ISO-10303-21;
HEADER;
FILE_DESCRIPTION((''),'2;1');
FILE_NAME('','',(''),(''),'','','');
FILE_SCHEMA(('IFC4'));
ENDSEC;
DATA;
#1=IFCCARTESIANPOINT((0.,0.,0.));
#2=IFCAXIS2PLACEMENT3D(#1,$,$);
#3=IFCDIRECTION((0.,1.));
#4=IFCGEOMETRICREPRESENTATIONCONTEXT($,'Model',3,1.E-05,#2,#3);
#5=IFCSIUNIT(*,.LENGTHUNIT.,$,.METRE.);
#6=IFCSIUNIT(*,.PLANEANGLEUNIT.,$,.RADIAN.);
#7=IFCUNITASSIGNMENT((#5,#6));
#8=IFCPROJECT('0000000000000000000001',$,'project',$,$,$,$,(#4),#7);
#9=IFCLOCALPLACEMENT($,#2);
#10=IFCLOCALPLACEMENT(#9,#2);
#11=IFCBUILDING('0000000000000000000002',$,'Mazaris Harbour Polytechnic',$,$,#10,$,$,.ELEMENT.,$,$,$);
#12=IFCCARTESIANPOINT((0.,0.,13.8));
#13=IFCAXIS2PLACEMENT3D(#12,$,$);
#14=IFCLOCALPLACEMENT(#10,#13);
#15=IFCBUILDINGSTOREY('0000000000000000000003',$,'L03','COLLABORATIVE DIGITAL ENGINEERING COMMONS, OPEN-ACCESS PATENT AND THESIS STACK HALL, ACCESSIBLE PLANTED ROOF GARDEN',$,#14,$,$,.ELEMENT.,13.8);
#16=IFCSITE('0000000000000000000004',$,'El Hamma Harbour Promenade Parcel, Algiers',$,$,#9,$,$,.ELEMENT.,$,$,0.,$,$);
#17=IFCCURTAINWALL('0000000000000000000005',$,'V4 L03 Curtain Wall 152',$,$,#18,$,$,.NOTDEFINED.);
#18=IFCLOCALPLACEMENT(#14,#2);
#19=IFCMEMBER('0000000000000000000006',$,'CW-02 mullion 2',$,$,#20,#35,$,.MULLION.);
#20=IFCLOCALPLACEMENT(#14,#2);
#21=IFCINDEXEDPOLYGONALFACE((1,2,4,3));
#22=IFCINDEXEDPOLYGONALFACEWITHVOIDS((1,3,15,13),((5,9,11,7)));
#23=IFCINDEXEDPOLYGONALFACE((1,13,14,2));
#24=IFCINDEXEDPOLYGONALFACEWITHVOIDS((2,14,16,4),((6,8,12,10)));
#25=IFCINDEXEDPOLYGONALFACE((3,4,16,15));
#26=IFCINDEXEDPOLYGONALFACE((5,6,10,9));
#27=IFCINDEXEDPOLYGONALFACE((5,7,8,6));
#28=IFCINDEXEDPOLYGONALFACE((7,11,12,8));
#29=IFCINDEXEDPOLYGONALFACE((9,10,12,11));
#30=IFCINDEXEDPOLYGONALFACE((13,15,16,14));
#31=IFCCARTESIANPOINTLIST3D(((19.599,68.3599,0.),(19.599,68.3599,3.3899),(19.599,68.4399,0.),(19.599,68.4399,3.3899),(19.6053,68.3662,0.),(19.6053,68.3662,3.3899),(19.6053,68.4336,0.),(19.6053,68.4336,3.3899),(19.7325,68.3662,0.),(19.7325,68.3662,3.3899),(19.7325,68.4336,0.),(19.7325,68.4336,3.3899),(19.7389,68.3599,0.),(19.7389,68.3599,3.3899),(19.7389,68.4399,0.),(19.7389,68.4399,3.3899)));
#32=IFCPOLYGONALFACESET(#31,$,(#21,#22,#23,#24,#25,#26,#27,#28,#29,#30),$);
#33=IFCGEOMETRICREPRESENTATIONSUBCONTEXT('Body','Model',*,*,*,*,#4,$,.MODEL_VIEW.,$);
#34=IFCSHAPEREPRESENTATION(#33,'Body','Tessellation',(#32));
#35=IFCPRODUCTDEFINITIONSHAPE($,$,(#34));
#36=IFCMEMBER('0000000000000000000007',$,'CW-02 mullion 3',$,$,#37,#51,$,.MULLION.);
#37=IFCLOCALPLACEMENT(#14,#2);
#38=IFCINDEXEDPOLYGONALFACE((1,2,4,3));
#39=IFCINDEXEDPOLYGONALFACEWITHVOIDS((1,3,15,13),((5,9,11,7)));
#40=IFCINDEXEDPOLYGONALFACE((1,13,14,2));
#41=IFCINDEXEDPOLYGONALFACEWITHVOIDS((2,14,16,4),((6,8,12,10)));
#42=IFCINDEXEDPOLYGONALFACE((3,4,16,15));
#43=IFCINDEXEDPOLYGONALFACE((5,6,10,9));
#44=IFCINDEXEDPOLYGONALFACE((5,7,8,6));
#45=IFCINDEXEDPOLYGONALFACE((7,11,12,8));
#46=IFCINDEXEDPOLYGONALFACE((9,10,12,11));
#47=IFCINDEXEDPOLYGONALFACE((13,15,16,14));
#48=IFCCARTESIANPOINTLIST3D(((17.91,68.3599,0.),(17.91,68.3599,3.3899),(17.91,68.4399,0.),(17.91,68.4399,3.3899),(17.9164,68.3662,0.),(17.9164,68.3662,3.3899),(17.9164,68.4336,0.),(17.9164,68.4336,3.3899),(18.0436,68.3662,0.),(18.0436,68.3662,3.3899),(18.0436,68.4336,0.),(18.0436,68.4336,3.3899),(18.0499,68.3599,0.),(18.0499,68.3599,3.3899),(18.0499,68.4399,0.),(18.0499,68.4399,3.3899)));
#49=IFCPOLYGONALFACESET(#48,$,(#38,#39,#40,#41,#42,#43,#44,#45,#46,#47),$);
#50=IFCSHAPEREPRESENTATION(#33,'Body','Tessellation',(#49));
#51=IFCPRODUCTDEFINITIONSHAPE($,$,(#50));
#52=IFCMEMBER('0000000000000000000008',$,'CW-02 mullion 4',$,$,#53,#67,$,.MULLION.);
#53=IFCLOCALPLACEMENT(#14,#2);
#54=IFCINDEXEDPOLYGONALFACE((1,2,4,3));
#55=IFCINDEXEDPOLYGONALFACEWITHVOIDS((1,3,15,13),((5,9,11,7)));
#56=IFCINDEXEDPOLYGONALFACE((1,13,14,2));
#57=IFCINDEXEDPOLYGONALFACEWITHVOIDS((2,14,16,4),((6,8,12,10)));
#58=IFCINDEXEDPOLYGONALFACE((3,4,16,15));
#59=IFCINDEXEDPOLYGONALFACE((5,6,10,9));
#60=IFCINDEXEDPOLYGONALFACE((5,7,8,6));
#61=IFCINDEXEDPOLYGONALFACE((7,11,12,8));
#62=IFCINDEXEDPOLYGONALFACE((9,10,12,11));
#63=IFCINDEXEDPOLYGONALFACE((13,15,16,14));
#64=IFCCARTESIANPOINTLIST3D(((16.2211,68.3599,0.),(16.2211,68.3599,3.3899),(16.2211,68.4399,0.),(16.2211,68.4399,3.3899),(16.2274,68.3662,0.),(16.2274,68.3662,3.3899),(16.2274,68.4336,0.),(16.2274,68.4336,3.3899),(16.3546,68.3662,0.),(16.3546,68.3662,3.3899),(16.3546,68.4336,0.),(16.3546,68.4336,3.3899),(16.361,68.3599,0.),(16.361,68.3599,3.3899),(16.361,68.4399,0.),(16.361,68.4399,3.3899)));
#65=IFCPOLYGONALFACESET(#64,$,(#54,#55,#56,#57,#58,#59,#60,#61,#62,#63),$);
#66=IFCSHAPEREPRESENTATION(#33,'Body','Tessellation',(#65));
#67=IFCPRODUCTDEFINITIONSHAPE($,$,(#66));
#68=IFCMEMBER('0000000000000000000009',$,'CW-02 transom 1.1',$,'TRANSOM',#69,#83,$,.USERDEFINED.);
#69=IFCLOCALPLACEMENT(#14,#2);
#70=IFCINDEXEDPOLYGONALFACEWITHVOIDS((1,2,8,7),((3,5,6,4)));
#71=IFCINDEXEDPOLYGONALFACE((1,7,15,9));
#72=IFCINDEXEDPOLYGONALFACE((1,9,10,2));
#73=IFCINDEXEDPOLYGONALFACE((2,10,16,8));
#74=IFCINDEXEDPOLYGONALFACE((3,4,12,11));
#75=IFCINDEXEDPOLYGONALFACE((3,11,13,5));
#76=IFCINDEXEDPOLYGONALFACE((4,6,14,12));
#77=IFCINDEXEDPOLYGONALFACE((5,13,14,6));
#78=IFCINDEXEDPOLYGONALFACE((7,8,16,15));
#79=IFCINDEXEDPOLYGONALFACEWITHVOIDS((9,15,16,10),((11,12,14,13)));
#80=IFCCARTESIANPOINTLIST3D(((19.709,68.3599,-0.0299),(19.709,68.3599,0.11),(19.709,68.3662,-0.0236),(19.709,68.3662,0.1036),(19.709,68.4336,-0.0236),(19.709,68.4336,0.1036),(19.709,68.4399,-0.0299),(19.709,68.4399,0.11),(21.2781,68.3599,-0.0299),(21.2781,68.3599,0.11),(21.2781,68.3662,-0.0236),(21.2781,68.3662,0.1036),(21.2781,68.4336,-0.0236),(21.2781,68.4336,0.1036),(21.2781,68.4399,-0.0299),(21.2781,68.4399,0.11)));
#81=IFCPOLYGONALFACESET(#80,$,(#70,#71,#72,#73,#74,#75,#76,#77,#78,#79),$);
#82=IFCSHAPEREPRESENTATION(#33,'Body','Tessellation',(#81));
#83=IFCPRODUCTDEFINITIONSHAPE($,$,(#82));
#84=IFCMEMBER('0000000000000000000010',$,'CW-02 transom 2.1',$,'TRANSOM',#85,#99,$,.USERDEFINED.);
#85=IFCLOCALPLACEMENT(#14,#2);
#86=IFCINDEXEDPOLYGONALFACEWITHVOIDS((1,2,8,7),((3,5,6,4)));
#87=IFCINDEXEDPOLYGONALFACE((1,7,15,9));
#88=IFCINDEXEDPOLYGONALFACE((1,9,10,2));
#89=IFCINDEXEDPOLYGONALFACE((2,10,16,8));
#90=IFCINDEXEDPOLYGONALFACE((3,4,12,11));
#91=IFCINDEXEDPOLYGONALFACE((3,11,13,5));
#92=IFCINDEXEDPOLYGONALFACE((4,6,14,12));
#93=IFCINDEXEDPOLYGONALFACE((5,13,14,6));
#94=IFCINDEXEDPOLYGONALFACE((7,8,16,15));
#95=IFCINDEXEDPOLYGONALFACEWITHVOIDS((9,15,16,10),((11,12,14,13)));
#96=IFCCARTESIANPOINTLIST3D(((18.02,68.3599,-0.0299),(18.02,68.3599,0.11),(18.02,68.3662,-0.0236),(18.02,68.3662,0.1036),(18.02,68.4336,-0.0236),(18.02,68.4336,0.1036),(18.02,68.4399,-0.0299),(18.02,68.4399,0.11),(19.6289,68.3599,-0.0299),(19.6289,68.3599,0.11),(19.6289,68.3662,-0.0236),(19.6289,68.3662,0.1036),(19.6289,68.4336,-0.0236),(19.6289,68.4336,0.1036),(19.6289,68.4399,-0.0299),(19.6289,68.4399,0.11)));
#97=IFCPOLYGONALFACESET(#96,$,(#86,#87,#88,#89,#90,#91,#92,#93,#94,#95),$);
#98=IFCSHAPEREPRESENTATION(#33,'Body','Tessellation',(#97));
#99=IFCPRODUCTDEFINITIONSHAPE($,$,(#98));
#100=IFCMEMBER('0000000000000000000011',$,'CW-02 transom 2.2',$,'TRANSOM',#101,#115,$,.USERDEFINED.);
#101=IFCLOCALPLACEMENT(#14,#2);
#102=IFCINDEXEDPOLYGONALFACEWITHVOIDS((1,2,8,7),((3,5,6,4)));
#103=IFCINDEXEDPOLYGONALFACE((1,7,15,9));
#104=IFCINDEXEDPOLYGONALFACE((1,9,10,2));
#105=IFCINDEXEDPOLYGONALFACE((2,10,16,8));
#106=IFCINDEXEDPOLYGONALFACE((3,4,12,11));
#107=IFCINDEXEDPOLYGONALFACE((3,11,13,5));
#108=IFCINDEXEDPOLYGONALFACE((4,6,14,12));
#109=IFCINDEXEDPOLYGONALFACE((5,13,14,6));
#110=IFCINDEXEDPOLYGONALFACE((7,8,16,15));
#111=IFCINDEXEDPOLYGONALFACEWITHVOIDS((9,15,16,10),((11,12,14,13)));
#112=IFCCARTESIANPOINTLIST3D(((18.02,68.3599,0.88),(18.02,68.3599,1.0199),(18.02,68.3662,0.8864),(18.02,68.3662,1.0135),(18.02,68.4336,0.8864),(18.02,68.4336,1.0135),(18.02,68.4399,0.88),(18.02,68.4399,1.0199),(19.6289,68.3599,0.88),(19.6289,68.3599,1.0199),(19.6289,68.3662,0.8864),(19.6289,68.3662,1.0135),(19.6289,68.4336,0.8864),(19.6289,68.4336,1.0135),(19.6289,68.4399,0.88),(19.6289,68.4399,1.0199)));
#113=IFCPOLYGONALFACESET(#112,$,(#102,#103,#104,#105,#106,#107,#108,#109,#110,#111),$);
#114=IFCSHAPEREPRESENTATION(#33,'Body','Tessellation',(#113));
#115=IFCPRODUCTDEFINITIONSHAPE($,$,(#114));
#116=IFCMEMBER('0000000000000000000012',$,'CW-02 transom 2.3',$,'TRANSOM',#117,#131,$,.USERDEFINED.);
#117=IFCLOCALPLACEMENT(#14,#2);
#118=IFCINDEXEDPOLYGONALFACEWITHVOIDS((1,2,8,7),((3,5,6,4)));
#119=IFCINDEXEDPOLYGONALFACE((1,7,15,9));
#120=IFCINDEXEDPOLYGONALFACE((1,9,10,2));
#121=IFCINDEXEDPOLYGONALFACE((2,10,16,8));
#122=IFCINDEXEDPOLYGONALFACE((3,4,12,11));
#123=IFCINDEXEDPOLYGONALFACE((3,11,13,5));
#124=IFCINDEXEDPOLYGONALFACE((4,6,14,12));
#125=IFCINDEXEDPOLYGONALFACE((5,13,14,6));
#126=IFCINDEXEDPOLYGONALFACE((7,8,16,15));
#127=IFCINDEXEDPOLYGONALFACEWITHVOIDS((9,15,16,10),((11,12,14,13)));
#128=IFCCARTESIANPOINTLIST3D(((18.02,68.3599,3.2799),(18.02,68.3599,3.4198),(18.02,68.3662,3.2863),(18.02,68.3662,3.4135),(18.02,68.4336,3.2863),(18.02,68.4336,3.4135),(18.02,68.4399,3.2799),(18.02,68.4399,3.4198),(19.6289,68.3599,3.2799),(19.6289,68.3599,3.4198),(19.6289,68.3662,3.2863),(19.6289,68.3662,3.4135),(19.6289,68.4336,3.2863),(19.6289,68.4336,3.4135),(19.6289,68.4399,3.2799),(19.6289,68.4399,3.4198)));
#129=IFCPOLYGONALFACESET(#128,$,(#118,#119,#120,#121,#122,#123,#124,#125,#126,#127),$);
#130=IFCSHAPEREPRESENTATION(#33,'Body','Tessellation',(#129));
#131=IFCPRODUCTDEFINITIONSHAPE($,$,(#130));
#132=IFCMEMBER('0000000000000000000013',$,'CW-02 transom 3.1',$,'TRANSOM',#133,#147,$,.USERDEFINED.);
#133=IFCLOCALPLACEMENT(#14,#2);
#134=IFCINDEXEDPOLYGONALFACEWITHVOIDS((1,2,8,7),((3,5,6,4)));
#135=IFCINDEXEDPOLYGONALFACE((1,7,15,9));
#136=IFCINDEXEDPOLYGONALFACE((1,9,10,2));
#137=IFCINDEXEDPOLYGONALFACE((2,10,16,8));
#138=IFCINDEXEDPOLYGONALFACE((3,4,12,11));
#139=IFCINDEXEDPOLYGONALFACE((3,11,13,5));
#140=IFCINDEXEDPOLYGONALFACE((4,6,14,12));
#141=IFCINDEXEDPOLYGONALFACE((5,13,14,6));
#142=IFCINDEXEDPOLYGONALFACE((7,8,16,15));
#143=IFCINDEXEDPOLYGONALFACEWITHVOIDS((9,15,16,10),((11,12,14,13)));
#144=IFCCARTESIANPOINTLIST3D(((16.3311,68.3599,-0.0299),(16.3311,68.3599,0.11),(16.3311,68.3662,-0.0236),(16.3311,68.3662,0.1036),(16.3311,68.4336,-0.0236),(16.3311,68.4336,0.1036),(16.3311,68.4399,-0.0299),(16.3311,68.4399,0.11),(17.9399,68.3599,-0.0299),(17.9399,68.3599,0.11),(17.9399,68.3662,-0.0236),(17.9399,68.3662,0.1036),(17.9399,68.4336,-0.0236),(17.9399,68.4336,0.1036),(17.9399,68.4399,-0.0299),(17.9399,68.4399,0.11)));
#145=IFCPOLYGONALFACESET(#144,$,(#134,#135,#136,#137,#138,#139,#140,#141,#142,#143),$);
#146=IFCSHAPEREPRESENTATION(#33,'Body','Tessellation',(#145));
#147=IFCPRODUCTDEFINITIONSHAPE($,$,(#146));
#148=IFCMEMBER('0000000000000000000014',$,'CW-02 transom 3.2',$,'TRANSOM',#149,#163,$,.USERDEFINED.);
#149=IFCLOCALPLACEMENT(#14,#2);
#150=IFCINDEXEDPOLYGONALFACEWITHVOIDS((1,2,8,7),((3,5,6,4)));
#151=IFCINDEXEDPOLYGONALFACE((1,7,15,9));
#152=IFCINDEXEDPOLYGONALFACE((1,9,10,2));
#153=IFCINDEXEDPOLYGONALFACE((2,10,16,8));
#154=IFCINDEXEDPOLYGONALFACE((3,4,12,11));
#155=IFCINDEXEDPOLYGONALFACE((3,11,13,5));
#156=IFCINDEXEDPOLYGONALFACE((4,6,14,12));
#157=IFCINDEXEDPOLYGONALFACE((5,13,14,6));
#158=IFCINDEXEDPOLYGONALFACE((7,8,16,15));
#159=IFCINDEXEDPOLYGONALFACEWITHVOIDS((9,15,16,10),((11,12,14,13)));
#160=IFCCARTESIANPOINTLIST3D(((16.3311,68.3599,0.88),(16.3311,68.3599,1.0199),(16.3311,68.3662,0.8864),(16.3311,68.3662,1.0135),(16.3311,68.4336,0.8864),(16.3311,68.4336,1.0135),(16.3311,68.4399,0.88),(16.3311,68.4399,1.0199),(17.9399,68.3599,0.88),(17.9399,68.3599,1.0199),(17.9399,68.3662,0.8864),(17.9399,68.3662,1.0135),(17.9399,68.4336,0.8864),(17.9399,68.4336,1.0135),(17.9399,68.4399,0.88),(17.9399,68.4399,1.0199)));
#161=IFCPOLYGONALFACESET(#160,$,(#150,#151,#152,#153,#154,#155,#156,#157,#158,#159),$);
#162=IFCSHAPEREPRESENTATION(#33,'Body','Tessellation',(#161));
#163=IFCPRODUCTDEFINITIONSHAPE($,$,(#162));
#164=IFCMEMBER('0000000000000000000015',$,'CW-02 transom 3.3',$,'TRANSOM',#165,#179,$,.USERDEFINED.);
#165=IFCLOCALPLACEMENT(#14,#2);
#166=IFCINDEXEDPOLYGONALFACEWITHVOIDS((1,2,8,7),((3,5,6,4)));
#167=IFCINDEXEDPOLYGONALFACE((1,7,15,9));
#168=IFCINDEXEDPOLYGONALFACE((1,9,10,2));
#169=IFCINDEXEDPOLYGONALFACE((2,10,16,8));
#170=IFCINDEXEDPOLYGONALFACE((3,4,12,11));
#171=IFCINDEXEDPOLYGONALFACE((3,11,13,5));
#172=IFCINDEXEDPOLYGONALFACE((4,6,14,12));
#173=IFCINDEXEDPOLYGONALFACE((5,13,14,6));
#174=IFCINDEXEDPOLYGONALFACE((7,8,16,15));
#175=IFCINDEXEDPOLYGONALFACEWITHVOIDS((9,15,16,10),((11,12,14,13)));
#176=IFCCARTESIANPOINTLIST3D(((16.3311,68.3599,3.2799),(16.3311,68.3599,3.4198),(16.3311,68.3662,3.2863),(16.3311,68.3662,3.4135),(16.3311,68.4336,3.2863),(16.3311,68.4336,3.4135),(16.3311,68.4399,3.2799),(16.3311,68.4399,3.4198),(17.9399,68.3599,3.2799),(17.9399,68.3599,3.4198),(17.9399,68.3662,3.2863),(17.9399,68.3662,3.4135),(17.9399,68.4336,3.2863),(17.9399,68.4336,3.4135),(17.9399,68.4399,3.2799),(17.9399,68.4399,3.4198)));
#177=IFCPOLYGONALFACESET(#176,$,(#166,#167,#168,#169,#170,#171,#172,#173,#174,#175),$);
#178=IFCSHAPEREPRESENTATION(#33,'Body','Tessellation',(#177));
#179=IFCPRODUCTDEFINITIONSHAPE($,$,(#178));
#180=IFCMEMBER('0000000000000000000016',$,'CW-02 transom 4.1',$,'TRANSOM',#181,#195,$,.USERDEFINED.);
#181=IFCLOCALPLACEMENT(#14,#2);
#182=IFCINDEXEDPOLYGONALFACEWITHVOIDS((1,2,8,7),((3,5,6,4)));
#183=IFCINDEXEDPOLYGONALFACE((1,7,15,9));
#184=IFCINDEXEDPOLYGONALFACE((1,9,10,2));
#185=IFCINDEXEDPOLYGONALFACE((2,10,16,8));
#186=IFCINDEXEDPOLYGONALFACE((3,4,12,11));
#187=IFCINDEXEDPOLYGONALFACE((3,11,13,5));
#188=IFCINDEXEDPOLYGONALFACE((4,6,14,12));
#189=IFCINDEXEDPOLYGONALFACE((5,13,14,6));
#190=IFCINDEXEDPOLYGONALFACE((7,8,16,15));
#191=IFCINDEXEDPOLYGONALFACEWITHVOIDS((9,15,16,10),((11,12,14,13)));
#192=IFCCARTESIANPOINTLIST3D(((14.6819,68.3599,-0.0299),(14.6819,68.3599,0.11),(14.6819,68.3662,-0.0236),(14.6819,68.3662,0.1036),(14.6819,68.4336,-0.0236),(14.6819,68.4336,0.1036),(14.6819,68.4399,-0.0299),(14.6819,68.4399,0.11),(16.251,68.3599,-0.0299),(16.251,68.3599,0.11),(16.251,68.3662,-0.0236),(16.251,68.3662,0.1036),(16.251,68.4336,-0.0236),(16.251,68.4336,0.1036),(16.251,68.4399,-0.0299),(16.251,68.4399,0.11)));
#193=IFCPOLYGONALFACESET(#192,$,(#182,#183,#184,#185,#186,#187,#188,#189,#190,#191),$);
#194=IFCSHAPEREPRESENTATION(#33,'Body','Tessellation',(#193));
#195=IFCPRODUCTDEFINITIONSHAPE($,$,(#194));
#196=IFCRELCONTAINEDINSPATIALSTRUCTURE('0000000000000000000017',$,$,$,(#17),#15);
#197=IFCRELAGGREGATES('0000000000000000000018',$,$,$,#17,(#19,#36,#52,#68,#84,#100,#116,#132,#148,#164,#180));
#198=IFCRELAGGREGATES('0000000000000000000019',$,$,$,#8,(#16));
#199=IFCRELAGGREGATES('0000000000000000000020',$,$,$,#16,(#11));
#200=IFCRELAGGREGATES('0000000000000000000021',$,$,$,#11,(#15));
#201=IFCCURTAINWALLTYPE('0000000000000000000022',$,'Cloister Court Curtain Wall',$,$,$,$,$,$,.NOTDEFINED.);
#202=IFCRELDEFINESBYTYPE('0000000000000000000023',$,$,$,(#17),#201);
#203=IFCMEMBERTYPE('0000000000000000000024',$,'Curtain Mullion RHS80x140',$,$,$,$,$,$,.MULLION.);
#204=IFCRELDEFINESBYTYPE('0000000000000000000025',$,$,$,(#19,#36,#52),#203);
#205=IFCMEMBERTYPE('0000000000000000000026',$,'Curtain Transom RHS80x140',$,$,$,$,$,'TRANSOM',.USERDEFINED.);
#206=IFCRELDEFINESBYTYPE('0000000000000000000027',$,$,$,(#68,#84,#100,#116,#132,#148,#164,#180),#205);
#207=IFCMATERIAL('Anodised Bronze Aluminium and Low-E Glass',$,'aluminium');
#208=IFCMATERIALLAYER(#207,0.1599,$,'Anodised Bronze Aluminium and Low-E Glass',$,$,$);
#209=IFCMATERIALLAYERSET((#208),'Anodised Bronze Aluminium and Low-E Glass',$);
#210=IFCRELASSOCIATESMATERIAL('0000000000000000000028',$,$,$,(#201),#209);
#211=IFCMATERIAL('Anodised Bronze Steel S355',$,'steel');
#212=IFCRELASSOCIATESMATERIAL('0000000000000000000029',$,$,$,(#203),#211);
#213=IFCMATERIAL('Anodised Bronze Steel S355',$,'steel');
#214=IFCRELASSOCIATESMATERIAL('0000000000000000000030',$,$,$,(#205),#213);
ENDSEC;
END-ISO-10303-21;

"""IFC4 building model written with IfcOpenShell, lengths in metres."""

from ifc_helpers import new_model, si_unit, direction, frame, origin, origin_2d, place, context, subcontext, project, spatial, hollow_rectangle, extrude, material, layer, layer_set, material_profile, profile_set, type_object, element, aggregate, save


model = new_model("IFC4")

# Units and contexts
model_context = context("Model", 3, precision=1e-05, world=origin(), true_north=direction((0.0, 1.0)))
body_context = subcontext(model_context, "Body", "Model", "MODEL_VIEW")
ifc_project = project(units=[si_unit("LENGTHUNIT", "METRE"), si_unit("PLANEANGLEUNIT", "RADIAN")], contexts=[model_context])

# Site, building, storey
site_placement = place(None, origin())
site = spatial("IfcSite", under=ifc_project, at=site_placement, Name="El Hamma Harbour Promenade Parcel, Algiers", CompositionType="ELEMENT", RefElevation=0.0)
building_placement = place(site_placement, origin())
building = spatial("IfcBuilding", under=site, at=building_placement, Name="Mazaris Harbour Polytechnic", CompositionType="ELEMENT")
storey_placement = place(building_placement, frame((0.0, 0.0, 13.8)))
storey = spatial("IfcBuildingStorey", under=building, at=storey_placement, Name="L03", Description="COLLABORATIVE DIGITAL ENGINEERING COMMONS, OPEN-ACCESS PATENT AND THESIS STACK HALL, ACCESSIBLE PLANTED ROOF GARDEN", CompositionType="ELEMENT", Elevation=13.8)

# Curtain wall, members
ifc_material_1 = material(Name="Anodised Bronze Aluminium and Low-E Glass", Category="aluminium")
ifc_layer_1 = layer(ifc_material_1, 0.1599, Name="Anodised Bronze Aluminium and Low-E Glass")
ifc_layer_set_1 = layer_set([ifc_layer_1], Name="Anodised Bronze Aluminium and Low-E Glass")
curtain_wall_type = type_object("IfcCurtainWallType", Name="Cloister Court Curtain Wall", PredefinedType="NOTDEFINED", material=ifc_layer_set_1)
curtain_wall_placement = place(storey_placement, origin())
curtain_wall = element("IfcCurtainWall", 1, at=curtain_wall_placement, inside=storey, type_object=curtain_wall_type, Name="V4 L03 Curtain Wall 152", PredefinedType="NOTDEFINED")
ifc_material_2 = material(Name="Anodised Bronze Steel S355", Category="steel")
ifc_material_profile_1 = material_profile(ifc_material_2, hollow_rectangle(XDim=0.0801, YDim=0.1399, WallThickness=0.0063, at=origin_2d()), Name="RHS 80x140x6.3")
ifc_profile_set_1 = profile_set([ifc_material_profile_1], Name="Anodised Bronze Steel S355")
member_type_1 = type_object("IfcMemberType", Name="Curtain Mullion RHS80x140", PredefinedType="MULLION", material=ifc_profile_set_1)
member_1_placement = place(storey_placement, frame((19.6689, 68.3999, 0.0), z_axis=(0.0, 0.0, 1.0), x_axis=(0.0, -1.0, 0.0)))
member_1 = element("IfcMember", 2, at=member_1_placement, type_object=member_type_1, Name="CW-02 mullion 2", PredefinedType="MULLION", context=body_context, shape_type="SweptSolid", body=[
    extrude(hollow_rectangle(XDim=0.0801, YDim=0.1399, WallThickness=0.0063, at=origin_2d()), origin(), (0.0, 0.0, 1.0), 3.3899),
])
member_2_placement = place(storey_placement, frame((17.98, 68.3999, 0.0), z_axis=(0.0, 0.0, 1.0), x_axis=(0.0, -1.0, 0.0)))
member_2 = element("IfcMember", 3, at=member_2_placement, type_object=member_type_1, Name="CW-02 mullion 3", PredefinedType="MULLION", context=body_context, shape_type="SweptSolid", body=[
    extrude(hollow_rectangle(XDim=0.0801, YDim=0.1399, WallThickness=0.0063, at=origin_2d()), origin(), (0.0, 0.0, 1.0), 3.3899),
])
member_3_placement = place(storey_placement, frame((16.291, 68.3999, 0.0), z_axis=(0.0, 0.0, 1.0), x_axis=(0.0, -1.0, 0.0)))
member_3 = element("IfcMember", 4, at=member_3_placement, type_object=member_type_1, Name="CW-02 mullion 4", PredefinedType="MULLION", context=body_context, shape_type="SweptSolid", body=[
    extrude(hollow_rectangle(XDim=0.0801, YDim=0.1399, WallThickness=0.0063, at=origin_2d()), origin(), (0.0, 0.0, 1.0), 3.3899),
])
ifc_material_3 = material(Name="Anodised Bronze Steel S355", Category="steel")
ifc_material_profile_2 = material_profile(ifc_material_3, hollow_rectangle(XDim=0.0801, YDim=0.1399, WallThickness=0.0063, at=origin_2d()), Name="RHS 80x140x6.3")
ifc_profile_set_2 = profile_set([ifc_material_profile_2], Name="Anodised Bronze Steel S355")
member_type_2 = type_object("IfcMemberType", Name="Curtain Transom RHS80x140", ElementType="TRANSOM", PredefinedType="USERDEFINED", material=ifc_profile_set_2)
member_4_placement = place(storey_placement, frame((21.2781, 68.3999, 0.04), z_axis=(-1.0, 0.0, 0.0), x_axis=(0.0, -1.0, 0.0)))
member_4 = element("IfcMember", 5, at=member_4_placement, type_object=member_type_2, Name="CW-02 transom 1.1", ObjectType="TRANSOM", PredefinedType="USERDEFINED", context=body_context, shape_type="SweptSolid", body=[
    extrude(hollow_rectangle(XDim=0.0801, YDim=0.1399, WallThickness=0.0063, at=origin_2d()), origin(), (0.0, 0.0, 1.0), 1.5691),
])
member_5_placement = place(storey_placement, frame((19.6289, 68.3999, 0.04), z_axis=(-1.0, 0.0, 0.0), x_axis=(0.0, -1.0, 0.0)))
member_5 = element("IfcMember", 6, at=member_5_placement, type_object=member_type_2, Name="CW-02 transom 2.1", ObjectType="TRANSOM", PredefinedType="USERDEFINED", context=body_context, shape_type="SweptSolid", body=[
    extrude(hollow_rectangle(XDim=0.0801, YDim=0.1399, WallThickness=0.0063, at=origin_2d()), origin(), (0.0, 0.0, 1.0), 1.6089),
])
member_6_placement = place(storey_placement, frame((19.6289, 68.3999, 0.95), z_axis=(-1.0, 0.0, 0.0), x_axis=(0.0, -1.0, 0.0)))
member_6 = element("IfcMember", 7, at=member_6_placement, type_object=member_type_2, Name="CW-02 transom 2.2", ObjectType="TRANSOM", PredefinedType="USERDEFINED", context=body_context, shape_type="SweptSolid", body=[
    extrude(hollow_rectangle(XDim=0.0801, YDim=0.1399, WallThickness=0.0063, at=origin_2d()), origin(), (0.0, 0.0, 1.0), 1.6089),
])
member_7_placement = place(storey_placement, frame((19.6289, 68.3999, 3.3499), z_axis=(-1.0, 0.0, 0.0), x_axis=(0.0, -1.0, 0.0)))
member_7 = element("IfcMember", 8, at=member_7_placement, type_object=member_type_2, Name="CW-02 transom 2.3", ObjectType="TRANSOM", PredefinedType="USERDEFINED", context=body_context, shape_type="SweptSolid", body=[
    extrude(hollow_rectangle(XDim=0.0801, YDim=0.1399, WallThickness=0.0063, at=origin_2d()), origin(), (0.0, 0.0, 1.0), 1.6089),
])
member_8_placement = place(storey_placement, frame((17.9399, 68.3999, 0.04), z_axis=(-1.0, 0.0, 0.0), x_axis=(0.0, -1.0, 0.0)))
member_8 = element("IfcMember", 9, at=member_8_placement, type_object=member_type_2, Name="CW-02 transom 3.1", ObjectType="TRANSOM", PredefinedType="USERDEFINED", context=body_context, shape_type="SweptSolid", body=[
    extrude(hollow_rectangle(XDim=0.0801, YDim=0.1399, WallThickness=0.0063, at=origin_2d()), origin(), (0.0, 0.0, 1.0), 1.6089),
])
member_9_placement = place(storey_placement, frame((17.9399, 68.3999, 0.95), z_axis=(-1.0, 0.0, 0.0), x_axis=(0.0, -1.0, 0.0)))
member_9 = element("IfcMember", 10, at=member_9_placement, type_object=member_type_2, Name="CW-02 transom 3.2", ObjectType="TRANSOM", PredefinedType="USERDEFINED", context=body_context, shape_type="SweptSolid", body=[
    extrude(hollow_rectangle(XDim=0.0801, YDim=0.1399, WallThickness=0.0063, at=origin_2d()), origin(), (0.0, 0.0, 1.0), 1.6089),
])
member_10_placement = place(storey_placement, frame((17.9399, 68.3999, 3.3499), z_axis=(-1.0, 0.0, 0.0), x_axis=(0.0, -1.0, 0.0)))
member_10 = element("IfcMember", 11, at=member_10_placement, type_object=member_type_2, Name="CW-02 transom 3.3", ObjectType="TRANSOM", PredefinedType="USERDEFINED", context=body_context, shape_type="SweptSolid", body=[
    extrude(hollow_rectangle(XDim=0.0801, YDim=0.1399, WallThickness=0.0063, at=origin_2d()), origin(), (0.0, 0.0, 1.0), 1.6089),
])
member_11_placement = place(storey_placement, frame((16.251, 68.3999, 0.04), z_axis=(-1.0, 0.0, 0.0), x_axis=(0.0, -1.0, 0.0)))
member_11 = element("IfcMember", 12, at=member_11_placement, type_object=member_type_2, Name="CW-02 transom 4.1", ObjectType="TRANSOM", PredefinedType="USERDEFINED", context=body_context, shape_type="SweptSolid", body=[
    extrude(hollow_rectangle(XDim=0.0801, YDim=0.1399, WallThickness=0.0063, at=origin_2d()), origin(), (0.0, 0.0, 1.0), 1.5691),
])
aggregate(curtain_wall, [member_1, member_2, member_3, member_4, member_5, member_6, member_7, member_8, member_9, member_10, member_11])

save(model, "model.ifc")
